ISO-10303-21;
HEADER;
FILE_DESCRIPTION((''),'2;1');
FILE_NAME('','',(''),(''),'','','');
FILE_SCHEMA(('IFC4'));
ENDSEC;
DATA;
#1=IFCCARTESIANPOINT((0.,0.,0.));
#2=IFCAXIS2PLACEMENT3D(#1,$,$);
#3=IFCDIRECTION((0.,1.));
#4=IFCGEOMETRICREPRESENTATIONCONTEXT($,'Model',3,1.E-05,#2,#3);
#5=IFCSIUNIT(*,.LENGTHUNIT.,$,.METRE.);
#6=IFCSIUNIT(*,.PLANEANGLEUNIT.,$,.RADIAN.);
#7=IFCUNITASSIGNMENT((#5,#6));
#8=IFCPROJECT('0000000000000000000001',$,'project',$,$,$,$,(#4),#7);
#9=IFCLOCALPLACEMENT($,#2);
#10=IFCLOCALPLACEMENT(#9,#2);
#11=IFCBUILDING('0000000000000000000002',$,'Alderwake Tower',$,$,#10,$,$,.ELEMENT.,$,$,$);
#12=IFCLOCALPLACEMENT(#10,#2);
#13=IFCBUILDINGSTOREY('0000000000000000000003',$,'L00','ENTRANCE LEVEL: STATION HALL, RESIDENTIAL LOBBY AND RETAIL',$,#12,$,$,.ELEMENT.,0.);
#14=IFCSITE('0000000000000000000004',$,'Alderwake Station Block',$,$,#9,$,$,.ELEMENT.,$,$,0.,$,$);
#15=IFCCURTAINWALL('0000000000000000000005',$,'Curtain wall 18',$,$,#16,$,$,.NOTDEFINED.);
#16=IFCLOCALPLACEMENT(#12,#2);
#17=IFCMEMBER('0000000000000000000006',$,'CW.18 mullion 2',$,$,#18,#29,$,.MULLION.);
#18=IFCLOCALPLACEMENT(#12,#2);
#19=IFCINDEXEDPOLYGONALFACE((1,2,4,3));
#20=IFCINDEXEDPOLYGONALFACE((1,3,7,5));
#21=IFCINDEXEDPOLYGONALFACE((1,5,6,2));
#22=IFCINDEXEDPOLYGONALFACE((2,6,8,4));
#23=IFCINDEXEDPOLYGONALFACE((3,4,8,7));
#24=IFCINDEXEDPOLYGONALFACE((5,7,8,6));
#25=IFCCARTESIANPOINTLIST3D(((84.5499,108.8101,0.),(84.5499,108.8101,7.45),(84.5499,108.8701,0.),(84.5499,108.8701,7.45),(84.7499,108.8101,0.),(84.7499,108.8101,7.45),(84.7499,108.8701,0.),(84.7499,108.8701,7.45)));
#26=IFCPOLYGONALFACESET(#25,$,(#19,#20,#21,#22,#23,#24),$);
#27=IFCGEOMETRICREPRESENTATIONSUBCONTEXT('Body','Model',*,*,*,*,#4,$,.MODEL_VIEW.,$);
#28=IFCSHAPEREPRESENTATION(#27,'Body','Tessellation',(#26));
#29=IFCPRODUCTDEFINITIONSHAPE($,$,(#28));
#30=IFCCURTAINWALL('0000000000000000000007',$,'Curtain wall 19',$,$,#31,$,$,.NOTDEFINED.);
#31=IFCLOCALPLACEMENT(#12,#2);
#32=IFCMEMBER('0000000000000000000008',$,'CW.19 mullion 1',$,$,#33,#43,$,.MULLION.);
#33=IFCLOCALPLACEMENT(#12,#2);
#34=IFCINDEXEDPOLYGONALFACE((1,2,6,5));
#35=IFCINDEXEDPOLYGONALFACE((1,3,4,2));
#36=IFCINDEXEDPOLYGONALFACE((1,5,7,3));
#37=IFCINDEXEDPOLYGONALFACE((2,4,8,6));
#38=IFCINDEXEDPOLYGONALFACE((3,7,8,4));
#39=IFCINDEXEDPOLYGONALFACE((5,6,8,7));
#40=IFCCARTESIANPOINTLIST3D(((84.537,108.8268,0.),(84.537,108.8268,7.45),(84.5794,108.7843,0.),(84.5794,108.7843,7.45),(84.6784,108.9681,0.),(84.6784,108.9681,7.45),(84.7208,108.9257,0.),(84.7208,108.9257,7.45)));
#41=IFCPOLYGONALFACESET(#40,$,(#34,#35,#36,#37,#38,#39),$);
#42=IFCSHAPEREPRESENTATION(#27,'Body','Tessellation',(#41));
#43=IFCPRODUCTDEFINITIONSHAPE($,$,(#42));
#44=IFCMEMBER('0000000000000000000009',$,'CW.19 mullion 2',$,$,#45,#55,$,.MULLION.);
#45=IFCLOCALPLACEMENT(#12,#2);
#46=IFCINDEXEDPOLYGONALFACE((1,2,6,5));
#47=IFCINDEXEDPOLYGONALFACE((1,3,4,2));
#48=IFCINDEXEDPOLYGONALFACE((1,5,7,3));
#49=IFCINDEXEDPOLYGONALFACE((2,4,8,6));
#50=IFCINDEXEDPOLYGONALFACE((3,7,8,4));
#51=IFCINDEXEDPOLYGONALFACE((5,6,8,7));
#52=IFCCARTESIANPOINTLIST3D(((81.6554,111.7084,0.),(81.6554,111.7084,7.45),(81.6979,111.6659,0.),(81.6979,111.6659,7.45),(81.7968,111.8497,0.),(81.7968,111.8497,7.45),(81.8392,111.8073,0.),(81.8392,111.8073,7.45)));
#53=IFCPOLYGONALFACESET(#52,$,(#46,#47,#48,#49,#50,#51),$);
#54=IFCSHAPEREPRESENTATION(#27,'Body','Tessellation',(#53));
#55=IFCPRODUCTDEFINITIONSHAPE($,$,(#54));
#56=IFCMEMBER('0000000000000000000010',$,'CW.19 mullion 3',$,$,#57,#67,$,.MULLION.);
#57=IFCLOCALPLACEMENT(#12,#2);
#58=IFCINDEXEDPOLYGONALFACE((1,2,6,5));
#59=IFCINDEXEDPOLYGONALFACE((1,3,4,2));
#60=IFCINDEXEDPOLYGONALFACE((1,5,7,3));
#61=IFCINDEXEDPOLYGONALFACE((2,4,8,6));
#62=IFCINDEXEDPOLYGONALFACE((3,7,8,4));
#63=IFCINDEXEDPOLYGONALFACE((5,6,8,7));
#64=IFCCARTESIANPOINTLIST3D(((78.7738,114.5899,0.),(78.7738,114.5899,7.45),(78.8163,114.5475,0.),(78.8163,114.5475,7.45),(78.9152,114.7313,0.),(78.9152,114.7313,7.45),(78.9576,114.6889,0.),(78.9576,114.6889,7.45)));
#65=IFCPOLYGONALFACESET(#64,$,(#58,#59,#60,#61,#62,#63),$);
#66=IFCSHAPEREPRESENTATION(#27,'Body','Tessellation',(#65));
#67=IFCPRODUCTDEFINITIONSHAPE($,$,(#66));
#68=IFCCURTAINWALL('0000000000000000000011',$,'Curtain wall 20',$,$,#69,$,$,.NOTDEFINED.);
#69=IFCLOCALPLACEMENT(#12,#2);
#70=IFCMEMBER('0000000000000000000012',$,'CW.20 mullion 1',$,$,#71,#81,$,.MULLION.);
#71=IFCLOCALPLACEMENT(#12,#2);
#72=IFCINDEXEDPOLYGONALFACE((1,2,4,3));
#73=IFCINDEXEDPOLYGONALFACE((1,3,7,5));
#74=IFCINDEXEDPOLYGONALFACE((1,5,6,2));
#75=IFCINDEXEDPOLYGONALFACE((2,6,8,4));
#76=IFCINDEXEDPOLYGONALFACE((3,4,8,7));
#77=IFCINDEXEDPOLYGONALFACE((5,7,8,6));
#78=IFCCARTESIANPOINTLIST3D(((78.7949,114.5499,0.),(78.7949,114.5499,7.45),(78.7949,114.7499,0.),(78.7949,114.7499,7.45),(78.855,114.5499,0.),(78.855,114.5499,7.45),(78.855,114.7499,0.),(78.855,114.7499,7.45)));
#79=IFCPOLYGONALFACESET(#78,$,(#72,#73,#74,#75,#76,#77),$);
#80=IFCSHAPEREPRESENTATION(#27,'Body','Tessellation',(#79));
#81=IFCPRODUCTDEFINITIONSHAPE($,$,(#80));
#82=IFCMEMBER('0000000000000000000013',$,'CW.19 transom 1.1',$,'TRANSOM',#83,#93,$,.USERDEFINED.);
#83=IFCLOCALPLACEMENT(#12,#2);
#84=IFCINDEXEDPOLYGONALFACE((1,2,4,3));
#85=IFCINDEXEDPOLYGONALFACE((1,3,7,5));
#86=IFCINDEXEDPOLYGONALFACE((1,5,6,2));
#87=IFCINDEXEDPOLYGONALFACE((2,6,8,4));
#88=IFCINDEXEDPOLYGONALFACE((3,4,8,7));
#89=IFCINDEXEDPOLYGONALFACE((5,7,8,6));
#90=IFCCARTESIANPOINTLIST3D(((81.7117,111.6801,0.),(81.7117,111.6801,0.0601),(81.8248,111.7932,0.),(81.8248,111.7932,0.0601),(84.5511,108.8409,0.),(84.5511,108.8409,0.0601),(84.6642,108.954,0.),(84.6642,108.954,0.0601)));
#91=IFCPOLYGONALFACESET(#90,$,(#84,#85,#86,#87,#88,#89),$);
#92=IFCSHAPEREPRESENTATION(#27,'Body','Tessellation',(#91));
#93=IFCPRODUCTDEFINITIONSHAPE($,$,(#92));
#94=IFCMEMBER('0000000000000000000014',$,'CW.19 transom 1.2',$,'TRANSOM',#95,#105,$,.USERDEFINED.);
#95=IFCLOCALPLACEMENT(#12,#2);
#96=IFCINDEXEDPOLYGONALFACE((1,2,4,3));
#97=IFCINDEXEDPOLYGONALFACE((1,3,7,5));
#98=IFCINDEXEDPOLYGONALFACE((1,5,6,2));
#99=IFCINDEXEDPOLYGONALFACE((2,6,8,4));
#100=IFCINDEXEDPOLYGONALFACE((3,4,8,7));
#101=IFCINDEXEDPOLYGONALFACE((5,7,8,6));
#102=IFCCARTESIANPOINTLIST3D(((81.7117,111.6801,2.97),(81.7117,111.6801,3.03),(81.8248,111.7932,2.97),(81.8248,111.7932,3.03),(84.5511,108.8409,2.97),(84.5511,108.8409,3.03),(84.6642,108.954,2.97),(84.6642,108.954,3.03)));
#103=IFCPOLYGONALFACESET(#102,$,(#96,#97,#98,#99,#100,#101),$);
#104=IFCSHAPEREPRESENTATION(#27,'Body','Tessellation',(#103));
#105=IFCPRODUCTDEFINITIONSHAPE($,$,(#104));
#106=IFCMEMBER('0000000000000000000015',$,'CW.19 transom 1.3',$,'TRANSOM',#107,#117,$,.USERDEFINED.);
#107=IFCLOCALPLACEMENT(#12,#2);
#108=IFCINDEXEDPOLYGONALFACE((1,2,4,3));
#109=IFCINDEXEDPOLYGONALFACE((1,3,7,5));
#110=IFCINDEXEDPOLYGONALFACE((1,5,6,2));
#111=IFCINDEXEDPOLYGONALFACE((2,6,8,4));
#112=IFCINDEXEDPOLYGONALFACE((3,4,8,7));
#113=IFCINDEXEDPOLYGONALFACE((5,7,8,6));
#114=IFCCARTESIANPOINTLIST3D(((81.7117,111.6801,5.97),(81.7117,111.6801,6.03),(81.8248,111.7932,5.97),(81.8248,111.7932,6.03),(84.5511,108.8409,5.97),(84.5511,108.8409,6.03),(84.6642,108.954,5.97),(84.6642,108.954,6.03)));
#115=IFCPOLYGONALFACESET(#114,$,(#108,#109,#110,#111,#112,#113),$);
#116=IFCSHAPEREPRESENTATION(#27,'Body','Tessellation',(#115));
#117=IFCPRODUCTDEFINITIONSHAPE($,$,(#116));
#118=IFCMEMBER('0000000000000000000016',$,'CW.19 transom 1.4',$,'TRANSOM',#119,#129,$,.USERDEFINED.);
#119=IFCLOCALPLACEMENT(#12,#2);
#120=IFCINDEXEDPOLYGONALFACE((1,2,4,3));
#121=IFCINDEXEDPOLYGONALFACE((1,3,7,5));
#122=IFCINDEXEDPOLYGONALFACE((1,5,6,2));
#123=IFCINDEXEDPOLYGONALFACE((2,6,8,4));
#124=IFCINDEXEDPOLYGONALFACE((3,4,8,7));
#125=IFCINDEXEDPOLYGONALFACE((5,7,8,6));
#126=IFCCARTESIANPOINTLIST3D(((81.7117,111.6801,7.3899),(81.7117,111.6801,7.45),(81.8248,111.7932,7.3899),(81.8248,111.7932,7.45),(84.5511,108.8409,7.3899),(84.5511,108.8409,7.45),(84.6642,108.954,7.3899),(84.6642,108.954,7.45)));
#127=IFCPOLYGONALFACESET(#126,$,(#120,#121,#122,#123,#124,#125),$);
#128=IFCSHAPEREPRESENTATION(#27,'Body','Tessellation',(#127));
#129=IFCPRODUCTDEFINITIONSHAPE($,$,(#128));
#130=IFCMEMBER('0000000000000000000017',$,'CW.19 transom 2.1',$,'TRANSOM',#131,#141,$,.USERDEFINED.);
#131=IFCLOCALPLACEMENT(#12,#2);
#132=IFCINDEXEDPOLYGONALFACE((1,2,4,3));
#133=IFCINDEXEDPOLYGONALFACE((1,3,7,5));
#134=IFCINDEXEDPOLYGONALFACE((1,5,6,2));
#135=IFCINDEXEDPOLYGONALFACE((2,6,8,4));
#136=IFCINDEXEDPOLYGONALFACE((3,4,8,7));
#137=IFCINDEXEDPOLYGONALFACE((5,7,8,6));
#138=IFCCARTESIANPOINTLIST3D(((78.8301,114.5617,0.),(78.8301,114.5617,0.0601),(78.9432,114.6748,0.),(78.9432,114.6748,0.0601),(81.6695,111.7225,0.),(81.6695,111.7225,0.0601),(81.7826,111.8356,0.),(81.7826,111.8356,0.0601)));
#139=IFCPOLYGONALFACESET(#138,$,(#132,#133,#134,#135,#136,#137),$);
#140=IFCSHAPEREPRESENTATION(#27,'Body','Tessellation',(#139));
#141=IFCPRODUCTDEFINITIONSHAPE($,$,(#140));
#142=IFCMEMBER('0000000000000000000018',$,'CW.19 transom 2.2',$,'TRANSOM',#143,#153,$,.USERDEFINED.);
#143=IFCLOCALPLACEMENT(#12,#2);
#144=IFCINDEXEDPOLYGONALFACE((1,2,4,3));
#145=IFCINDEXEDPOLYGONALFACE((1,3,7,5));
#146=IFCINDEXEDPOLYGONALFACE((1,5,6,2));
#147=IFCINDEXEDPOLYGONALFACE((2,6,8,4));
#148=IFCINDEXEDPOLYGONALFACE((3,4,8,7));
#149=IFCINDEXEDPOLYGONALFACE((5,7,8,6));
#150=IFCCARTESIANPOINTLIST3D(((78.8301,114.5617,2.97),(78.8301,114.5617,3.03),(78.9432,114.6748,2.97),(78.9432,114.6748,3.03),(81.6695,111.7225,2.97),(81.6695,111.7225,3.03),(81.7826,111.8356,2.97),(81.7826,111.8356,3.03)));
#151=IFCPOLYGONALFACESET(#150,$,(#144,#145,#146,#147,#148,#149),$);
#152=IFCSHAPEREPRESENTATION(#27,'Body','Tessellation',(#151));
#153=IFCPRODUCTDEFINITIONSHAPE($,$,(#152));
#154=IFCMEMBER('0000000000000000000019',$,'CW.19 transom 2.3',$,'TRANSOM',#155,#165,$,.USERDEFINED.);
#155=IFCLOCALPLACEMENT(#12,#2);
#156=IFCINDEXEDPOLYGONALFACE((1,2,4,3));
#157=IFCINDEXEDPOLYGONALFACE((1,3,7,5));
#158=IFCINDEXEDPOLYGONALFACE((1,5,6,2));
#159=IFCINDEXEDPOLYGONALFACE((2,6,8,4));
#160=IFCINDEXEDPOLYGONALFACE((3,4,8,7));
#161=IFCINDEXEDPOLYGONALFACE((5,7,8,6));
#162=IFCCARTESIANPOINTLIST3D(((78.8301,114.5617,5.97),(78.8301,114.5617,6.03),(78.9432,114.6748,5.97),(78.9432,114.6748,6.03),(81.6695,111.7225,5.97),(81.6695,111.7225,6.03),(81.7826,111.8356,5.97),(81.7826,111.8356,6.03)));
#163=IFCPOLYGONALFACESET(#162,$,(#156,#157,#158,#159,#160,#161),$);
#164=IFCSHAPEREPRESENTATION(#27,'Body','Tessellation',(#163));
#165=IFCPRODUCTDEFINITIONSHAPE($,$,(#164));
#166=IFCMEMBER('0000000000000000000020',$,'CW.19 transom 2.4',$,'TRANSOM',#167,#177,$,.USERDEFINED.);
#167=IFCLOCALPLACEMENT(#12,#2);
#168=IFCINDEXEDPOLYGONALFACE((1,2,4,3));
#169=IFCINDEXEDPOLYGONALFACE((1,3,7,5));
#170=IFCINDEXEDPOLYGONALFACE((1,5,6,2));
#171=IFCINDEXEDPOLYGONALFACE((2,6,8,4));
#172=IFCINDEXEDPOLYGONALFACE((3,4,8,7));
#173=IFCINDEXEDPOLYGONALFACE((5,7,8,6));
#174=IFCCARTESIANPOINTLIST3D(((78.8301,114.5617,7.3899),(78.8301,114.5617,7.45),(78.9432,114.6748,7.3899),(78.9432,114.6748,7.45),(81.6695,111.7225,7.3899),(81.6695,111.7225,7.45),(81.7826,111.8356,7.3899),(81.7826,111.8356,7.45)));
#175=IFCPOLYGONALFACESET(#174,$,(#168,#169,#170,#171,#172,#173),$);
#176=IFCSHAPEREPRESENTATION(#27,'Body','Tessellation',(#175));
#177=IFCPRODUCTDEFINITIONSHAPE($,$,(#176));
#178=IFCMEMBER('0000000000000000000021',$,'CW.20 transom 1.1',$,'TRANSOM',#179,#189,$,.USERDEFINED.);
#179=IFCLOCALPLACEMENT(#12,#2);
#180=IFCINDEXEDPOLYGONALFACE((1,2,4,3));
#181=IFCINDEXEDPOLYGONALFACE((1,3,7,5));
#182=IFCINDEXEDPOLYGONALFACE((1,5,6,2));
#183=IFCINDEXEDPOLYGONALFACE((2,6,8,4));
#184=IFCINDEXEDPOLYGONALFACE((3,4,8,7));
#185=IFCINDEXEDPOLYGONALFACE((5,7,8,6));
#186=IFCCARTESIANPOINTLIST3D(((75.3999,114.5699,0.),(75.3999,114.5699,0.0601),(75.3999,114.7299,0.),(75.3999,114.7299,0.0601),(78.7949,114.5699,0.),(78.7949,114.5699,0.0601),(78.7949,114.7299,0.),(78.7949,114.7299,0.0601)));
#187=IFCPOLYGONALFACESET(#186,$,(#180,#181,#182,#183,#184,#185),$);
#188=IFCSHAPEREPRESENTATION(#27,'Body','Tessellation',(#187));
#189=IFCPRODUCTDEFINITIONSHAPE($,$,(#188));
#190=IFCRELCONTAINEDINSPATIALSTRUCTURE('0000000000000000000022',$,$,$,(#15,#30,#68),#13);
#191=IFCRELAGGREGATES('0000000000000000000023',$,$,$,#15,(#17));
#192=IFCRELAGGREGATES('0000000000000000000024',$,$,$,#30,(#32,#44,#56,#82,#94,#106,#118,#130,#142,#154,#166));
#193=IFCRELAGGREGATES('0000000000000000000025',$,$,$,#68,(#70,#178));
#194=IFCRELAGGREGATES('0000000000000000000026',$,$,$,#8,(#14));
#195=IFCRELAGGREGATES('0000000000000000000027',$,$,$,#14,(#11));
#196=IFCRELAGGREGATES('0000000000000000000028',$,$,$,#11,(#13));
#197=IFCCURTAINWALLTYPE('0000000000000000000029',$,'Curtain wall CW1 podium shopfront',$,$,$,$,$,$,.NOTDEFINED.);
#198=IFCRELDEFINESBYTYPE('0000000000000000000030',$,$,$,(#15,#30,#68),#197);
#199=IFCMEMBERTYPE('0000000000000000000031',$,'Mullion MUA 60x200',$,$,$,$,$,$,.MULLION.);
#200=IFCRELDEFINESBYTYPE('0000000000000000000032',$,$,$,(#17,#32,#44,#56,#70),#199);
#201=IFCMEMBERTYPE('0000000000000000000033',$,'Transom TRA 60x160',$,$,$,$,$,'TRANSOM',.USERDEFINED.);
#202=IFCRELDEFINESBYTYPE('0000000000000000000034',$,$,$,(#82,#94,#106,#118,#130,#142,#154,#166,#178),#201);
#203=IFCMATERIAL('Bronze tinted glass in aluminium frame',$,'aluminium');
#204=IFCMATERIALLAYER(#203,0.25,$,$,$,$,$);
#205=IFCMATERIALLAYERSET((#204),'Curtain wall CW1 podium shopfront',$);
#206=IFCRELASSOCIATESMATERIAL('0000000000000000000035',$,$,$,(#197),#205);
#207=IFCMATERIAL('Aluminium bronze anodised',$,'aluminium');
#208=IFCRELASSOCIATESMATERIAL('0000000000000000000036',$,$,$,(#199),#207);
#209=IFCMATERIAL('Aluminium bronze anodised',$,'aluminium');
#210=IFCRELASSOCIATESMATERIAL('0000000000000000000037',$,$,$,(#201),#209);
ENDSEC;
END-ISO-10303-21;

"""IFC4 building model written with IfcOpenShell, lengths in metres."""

from ifc_helpers import new_model, si_unit, direction, frame, origin, origin_2d, place, context, subcontext, project, spatial, rectangle, extrude, material, layer, layer_set, material_profile, profile_set, type_object, element, aggregate, save


model = new_model("IFC4")

# Units and contexts
model_context = context("Model", 3, precision=1e-05, world=origin(), true_north=direction((0.0, 1.0)))
body_context = subcontext(model_context, "Body", "Model", "MODEL_VIEW")
ifc_project = project(units=[si_unit("LENGTHUNIT", "METRE"), si_unit("PLANEANGLEUNIT", "RADIAN")], contexts=[model_context])

# Site, building, storey
site_placement = place(None, origin())
site = spatial("IfcSite", under=ifc_project, at=site_placement, Name="Alderwake Station Block", CompositionType="ELEMENT", RefElevation=0.0)
building_placement = place(site_placement, origin())
building = spatial("IfcBuilding", under=site, at=building_placement, Name="Alderwake Tower", CompositionType="ELEMENT")
storey_placement = place(building_placement, origin())
storey = spatial("IfcBuildingStorey", under=building, at=storey_placement, Name="L00", Description="ENTRANCE LEVEL: STATION HALL, RESIDENTIAL LOBBY AND RETAIL", CompositionType="ELEMENT", Elevation=0.0)

# Curtain wall, member
ifc_material_1 = material(Name="Bronze tinted glass in aluminium frame", Category="aluminium")
ifc_layer_1 = layer(ifc_material_1, 0.25)
ifc_layer_set_1 = layer_set([ifc_layer_1], Name="Curtain wall CW1 podium shopfront")
curtain_wall_type = type_object("IfcCurtainWallType", Name="Curtain wall CW1 podium shopfront", PredefinedType="NOTDEFINED", material=ifc_layer_set_1)
curtain_wall_1_placement = place(storey_placement, origin())
curtain_wall_1 = element("IfcCurtainWall", 1, at=curtain_wall_1_placement, inside=storey, type_object=curtain_wall_type, Name="Curtain wall 18", PredefinedType="NOTDEFINED")
ifc_material_2 = material(Name="Aluminium bronze anodised", Category="aluminium")
ifc_material_profile_1 = material_profile(ifc_material_2, rectangle(XDim=0.2, YDim=0.0601, at=origin_2d()), Name="Mullion MUA 60x200")
ifc_profile_set_1 = profile_set([ifc_material_profile_1], Name="Aluminium bronze anodised")
member_type_1 = type_object("IfcMemberType", Name="Mullion MUA 60x200", PredefinedType="MULLION", material=ifc_profile_set_1)
member_1_placement = place(storey_placement, frame((84.6499, 108.8401, 0.0), z_axis=(0.0, 0.0, 1.0), x_axis=(-1.0, 0.0, 0.0)))
member_1 = element("IfcMember", 2, at=member_1_placement, type_object=member_type_1, Name="CW.18 mullion 2", PredefinedType="MULLION", context=body_context, shape_type="SweptSolid", body=[
    extrude(rectangle(XDim=0.2, YDim=0.0601, at=origin_2d()), origin(), (0.0, 0.0, 1.0), 7.45),
])

# Curtain wall, members
curtain_wall_2_placement = place(storey_placement, origin())
curtain_wall_2 = element("IfcCurtainWall", 3, at=curtain_wall_2_placement, inside=storey, type_object=curtain_wall_type, Name="Curtain wall 19", PredefinedType="NOTDEFINED")
member_2_placement = place(storey_placement, frame((84.6289, 108.8762, 0.0), z_axis=(0.0, 0.0, 1.0), x_axis=(-0.707107, -0.707107, 0.0)))
member_2 = element("IfcMember", 4, at=member_2_placement, type_object=member_type_1, Name="CW.19 mullion 1", PredefinedType="MULLION", context=body_context, shape_type="SweptSolid", body=[
    extrude(rectangle(XDim=0.2, YDim=0.0601, at=origin_2d()), origin(), (0.0, 0.0, 1.0), 7.45),
])
member_3_placement = place(storey_placement, frame((81.7473, 111.7578, 0.0), z_axis=(0.0, 0.0, 1.0), x_axis=(-0.707107, -0.707107, 0.0)))
member_3 = element("IfcMember", 5, at=member_3_placement, type_object=member_type_1, Name="CW.19 mullion 2", PredefinedType="MULLION", context=body_context, shape_type="SweptSolid", body=[
    extrude(rectangle(XDim=0.2, YDim=0.0601, at=origin_2d()), origin(), (0.0, 0.0, 1.0), 7.45),
])
member_4_placement = place(storey_placement, frame((78.8657, 114.6394, 0.0), z_axis=(0.0, 0.0, 1.0), x_axis=(-0.707107, -0.707107, 0.0)))
member_4 = element("IfcMember", 6, at=member_4_placement, type_object=member_type_1, Name="CW.19 mullion 3", PredefinedType="MULLION", context=body_context, shape_type="SweptSolid", body=[
    extrude(rectangle(XDim=0.2, YDim=0.0601, at=origin_2d()), origin(), (0.0, 0.0, 1.0), 7.45),
])

# Curtain wall, member
curtain_wall_3_placement = place(storey_placement, origin())
curtain_wall_3 = element("IfcCurtainWall", 7, at=curtain_wall_3_placement, inside=storey, type_object=curtain_wall_type, Name="Curtain wall 20", PredefinedType="NOTDEFINED")
member_5_placement = place(storey_placement, frame((78.825, 114.6499, 0.0), z_axis=(0.0, 0.0, 1.0), x_axis=(0.0, -1.0, 0.0)))
member_5 = element("IfcMember", 8, at=member_5_placement, type_object=member_type_1, Name="CW.20 mullion 1", PredefinedType="MULLION", context=body_context, shape_type="SweptSolid", body=[
    extrude(rectangle(XDim=0.2, YDim=0.0601, at=origin_2d()), origin(), (0.0, 0.0, 1.0), 7.45),
])

# Members
ifc_material_3 = material(Name="Aluminium bronze anodised", Category="aluminium")
ifc_material_profile_2 = material_profile(ifc_material_3, rectangle(XDim=0.1599, YDim=0.0601, at=origin_2d()), Name="Transom TRA 60x160")
ifc_profile_set_2 = profile_set([ifc_material_profile_2], Name="Aluminium bronze anodised")
member_type_2 = type_object("IfcMemberType", Name="Transom TRA 60x160", ElementType="TRANSOM", PredefinedType="USERDEFINED", material=ifc_profile_set_2)
member_6_placement = place(storey_placement, frame((84.6077, 108.8975, 0.03), z_axis=(-0.707137, 0.707076, 0.0), x_axis=(-0.707076, -0.707137, 0.0)))
member_6 = element("IfcMember", 9, at=member_6_placement, type_object=member_type_2, Name="CW.19 transom 1.1", ObjectType="TRANSOM", PredefinedType="USERDEFINED", context=body_context, shape_type="SweptSolid", body=[
    extrude(rectangle(XDim=0.1599, YDim=0.0601, at=origin_2d()), origin(), (0.0, 0.0, 1.0), 4.0154),
])
member_7_placement = place(storey_placement, frame((84.6077, 108.8975, 3.0), z_axis=(-0.707137, 0.707076, 0.0), x_axis=(-0.707076, -0.707137, 0.0)))
member_7 = element("IfcMember", 10, at=member_7_placement, type_object=member_type_2, Name="CW.19 transom 1.2", ObjectType="TRANSOM", PredefinedType="USERDEFINED", context=body_context, shape_type="SweptSolid", body=[
    extrude(rectangle(XDim=0.1599, YDim=0.0601, at=origin_2d()), origin(), (0.0, 0.0, 1.0), 4.0154),
])
member_8_placement = place(storey_placement, frame((84.6077, 108.8975, 6.0), z_axis=(-0.707137, 0.707076, 0.0), x_axis=(-0.707076, -0.707137, 0.0)))
member_8 = element("IfcMember", 11, at=member_8_placement, type_object=member_type_2, Name="CW.19 transom 1.3", ObjectType="TRANSOM", PredefinedType="USERDEFINED", context=body_context, shape_type="SweptSolid", body=[
    extrude(rectangle(XDim=0.1599, YDim=0.0601, at=origin_2d()), origin(), (0.0, 0.0, 1.0), 4.0154),
])
member_9_placement = place(storey_placement, frame((84.6077, 108.8975, 7.4199), z_axis=(-0.707137, 0.707076, 0.0), x_axis=(-0.707076, -0.707137, 0.0)))
member_9 = element("IfcMember", 12, at=member_9_placement, type_object=member_type_2, Name="CW.19 transom 1.4", ObjectType="TRANSOM", PredefinedType="USERDEFINED", context=body_context, shape_type="SweptSolid", body=[
    extrude(rectangle(XDim=0.1599, YDim=0.0601, at=origin_2d()), origin(), (0.0, 0.0, 1.0), 4.0154),
])
member_10_placement = place(storey_placement, frame((81.7261, 111.7791, 0.03), z_axis=(-0.707137, 0.707076, 0.0), x_axis=(-0.707076, -0.707137, 0.0)))
member_10 = element("IfcMember", 13, at=member_10_placement, type_object=member_type_2, Name="CW.19 transom 2.1", ObjectType="TRANSOM", PredefinedType="USERDEFINED", context=body_context, shape_type="SweptSolid", body=[
    extrude(rectangle(XDim=0.1599, YDim=0.0601, at=origin_2d()), origin(), (0.0, 0.0, 1.0), 4.0154),
])
member_11_placement = place(storey_placement, frame((81.7261, 111.7791, 3.0), z_axis=(-0.707137, 0.707076, 0.0), x_axis=(-0.707076, -0.707137, 0.0)))
member_11 = element("IfcMember", 14, at=member_11_placement, type_object=member_type_2, Name="CW.19 transom 2.2", ObjectType="TRANSOM", PredefinedType="USERDEFINED", context=body_context, shape_type="SweptSolid", body=[
    extrude(rectangle(XDim=0.1599, YDim=0.0601, at=origin_2d()), origin(), (0.0, 0.0, 1.0), 4.0154),
])
member_12_placement = place(storey_placement, frame((81.7261, 111.7791, 6.0), z_axis=(-0.707137, 0.707076, 0.0), x_axis=(-0.707076, -0.707137, 0.0)))
member_12 = element("IfcMember", 15, at=member_12_placement, type_object=member_type_2, Name="CW.19 transom 2.3", ObjectType="TRANSOM", PredefinedType="USERDEFINED", context=body_context, shape_type="SweptSolid", body=[
    extrude(rectangle(XDim=0.1599, YDim=0.0601, at=origin_2d()), origin(), (0.0, 0.0, 1.0), 4.0154),
])
member_13_placement = place(storey_placement, frame((81.7261, 111.7791, 7.4199), z_axis=(-0.707137, 0.707076, 0.0), x_axis=(-0.707076, -0.707137, 0.0)))
member_13 = element("IfcMember", 16, at=member_13_placement, type_object=member_type_2, Name="CW.19 transom 2.4", ObjectType="TRANSOM", PredefinedType="USERDEFINED", context=body_context, shape_type="SweptSolid", body=[
    extrude(rectangle(XDim=0.1599, YDim=0.0601, at=origin_2d()), origin(), (0.0, 0.0, 1.0), 4.0154),
])
member_14_placement = place(storey_placement, frame((78.7949, 114.6499, 0.03), z_axis=(-1.0, 0.0, 0.0), x_axis=(0.0, -1.0, 0.0)))
member_14 = element("IfcMember", 17, at=member_14_placement, type_object=member_type_2, Name="CW.20 transom 1.1", ObjectType="TRANSOM", PredefinedType="USERDEFINED", context=body_context, shape_type="SweptSolid", body=[
    extrude(rectangle(XDim=0.1599, YDim=0.0601, at=origin_2d()), origin(), (0.0, 0.0, 1.0), 3.395),
])

aggregate(curtain_wall_1, [member_1])
aggregate(curtain_wall_2, [member_2, member_3, member_4, member_6, member_7, member_8, member_9, member_10, member_11, member_12, member_13])
aggregate(curtain_wall_3, [member_5, member_14])

save(model, "model.ifc")
